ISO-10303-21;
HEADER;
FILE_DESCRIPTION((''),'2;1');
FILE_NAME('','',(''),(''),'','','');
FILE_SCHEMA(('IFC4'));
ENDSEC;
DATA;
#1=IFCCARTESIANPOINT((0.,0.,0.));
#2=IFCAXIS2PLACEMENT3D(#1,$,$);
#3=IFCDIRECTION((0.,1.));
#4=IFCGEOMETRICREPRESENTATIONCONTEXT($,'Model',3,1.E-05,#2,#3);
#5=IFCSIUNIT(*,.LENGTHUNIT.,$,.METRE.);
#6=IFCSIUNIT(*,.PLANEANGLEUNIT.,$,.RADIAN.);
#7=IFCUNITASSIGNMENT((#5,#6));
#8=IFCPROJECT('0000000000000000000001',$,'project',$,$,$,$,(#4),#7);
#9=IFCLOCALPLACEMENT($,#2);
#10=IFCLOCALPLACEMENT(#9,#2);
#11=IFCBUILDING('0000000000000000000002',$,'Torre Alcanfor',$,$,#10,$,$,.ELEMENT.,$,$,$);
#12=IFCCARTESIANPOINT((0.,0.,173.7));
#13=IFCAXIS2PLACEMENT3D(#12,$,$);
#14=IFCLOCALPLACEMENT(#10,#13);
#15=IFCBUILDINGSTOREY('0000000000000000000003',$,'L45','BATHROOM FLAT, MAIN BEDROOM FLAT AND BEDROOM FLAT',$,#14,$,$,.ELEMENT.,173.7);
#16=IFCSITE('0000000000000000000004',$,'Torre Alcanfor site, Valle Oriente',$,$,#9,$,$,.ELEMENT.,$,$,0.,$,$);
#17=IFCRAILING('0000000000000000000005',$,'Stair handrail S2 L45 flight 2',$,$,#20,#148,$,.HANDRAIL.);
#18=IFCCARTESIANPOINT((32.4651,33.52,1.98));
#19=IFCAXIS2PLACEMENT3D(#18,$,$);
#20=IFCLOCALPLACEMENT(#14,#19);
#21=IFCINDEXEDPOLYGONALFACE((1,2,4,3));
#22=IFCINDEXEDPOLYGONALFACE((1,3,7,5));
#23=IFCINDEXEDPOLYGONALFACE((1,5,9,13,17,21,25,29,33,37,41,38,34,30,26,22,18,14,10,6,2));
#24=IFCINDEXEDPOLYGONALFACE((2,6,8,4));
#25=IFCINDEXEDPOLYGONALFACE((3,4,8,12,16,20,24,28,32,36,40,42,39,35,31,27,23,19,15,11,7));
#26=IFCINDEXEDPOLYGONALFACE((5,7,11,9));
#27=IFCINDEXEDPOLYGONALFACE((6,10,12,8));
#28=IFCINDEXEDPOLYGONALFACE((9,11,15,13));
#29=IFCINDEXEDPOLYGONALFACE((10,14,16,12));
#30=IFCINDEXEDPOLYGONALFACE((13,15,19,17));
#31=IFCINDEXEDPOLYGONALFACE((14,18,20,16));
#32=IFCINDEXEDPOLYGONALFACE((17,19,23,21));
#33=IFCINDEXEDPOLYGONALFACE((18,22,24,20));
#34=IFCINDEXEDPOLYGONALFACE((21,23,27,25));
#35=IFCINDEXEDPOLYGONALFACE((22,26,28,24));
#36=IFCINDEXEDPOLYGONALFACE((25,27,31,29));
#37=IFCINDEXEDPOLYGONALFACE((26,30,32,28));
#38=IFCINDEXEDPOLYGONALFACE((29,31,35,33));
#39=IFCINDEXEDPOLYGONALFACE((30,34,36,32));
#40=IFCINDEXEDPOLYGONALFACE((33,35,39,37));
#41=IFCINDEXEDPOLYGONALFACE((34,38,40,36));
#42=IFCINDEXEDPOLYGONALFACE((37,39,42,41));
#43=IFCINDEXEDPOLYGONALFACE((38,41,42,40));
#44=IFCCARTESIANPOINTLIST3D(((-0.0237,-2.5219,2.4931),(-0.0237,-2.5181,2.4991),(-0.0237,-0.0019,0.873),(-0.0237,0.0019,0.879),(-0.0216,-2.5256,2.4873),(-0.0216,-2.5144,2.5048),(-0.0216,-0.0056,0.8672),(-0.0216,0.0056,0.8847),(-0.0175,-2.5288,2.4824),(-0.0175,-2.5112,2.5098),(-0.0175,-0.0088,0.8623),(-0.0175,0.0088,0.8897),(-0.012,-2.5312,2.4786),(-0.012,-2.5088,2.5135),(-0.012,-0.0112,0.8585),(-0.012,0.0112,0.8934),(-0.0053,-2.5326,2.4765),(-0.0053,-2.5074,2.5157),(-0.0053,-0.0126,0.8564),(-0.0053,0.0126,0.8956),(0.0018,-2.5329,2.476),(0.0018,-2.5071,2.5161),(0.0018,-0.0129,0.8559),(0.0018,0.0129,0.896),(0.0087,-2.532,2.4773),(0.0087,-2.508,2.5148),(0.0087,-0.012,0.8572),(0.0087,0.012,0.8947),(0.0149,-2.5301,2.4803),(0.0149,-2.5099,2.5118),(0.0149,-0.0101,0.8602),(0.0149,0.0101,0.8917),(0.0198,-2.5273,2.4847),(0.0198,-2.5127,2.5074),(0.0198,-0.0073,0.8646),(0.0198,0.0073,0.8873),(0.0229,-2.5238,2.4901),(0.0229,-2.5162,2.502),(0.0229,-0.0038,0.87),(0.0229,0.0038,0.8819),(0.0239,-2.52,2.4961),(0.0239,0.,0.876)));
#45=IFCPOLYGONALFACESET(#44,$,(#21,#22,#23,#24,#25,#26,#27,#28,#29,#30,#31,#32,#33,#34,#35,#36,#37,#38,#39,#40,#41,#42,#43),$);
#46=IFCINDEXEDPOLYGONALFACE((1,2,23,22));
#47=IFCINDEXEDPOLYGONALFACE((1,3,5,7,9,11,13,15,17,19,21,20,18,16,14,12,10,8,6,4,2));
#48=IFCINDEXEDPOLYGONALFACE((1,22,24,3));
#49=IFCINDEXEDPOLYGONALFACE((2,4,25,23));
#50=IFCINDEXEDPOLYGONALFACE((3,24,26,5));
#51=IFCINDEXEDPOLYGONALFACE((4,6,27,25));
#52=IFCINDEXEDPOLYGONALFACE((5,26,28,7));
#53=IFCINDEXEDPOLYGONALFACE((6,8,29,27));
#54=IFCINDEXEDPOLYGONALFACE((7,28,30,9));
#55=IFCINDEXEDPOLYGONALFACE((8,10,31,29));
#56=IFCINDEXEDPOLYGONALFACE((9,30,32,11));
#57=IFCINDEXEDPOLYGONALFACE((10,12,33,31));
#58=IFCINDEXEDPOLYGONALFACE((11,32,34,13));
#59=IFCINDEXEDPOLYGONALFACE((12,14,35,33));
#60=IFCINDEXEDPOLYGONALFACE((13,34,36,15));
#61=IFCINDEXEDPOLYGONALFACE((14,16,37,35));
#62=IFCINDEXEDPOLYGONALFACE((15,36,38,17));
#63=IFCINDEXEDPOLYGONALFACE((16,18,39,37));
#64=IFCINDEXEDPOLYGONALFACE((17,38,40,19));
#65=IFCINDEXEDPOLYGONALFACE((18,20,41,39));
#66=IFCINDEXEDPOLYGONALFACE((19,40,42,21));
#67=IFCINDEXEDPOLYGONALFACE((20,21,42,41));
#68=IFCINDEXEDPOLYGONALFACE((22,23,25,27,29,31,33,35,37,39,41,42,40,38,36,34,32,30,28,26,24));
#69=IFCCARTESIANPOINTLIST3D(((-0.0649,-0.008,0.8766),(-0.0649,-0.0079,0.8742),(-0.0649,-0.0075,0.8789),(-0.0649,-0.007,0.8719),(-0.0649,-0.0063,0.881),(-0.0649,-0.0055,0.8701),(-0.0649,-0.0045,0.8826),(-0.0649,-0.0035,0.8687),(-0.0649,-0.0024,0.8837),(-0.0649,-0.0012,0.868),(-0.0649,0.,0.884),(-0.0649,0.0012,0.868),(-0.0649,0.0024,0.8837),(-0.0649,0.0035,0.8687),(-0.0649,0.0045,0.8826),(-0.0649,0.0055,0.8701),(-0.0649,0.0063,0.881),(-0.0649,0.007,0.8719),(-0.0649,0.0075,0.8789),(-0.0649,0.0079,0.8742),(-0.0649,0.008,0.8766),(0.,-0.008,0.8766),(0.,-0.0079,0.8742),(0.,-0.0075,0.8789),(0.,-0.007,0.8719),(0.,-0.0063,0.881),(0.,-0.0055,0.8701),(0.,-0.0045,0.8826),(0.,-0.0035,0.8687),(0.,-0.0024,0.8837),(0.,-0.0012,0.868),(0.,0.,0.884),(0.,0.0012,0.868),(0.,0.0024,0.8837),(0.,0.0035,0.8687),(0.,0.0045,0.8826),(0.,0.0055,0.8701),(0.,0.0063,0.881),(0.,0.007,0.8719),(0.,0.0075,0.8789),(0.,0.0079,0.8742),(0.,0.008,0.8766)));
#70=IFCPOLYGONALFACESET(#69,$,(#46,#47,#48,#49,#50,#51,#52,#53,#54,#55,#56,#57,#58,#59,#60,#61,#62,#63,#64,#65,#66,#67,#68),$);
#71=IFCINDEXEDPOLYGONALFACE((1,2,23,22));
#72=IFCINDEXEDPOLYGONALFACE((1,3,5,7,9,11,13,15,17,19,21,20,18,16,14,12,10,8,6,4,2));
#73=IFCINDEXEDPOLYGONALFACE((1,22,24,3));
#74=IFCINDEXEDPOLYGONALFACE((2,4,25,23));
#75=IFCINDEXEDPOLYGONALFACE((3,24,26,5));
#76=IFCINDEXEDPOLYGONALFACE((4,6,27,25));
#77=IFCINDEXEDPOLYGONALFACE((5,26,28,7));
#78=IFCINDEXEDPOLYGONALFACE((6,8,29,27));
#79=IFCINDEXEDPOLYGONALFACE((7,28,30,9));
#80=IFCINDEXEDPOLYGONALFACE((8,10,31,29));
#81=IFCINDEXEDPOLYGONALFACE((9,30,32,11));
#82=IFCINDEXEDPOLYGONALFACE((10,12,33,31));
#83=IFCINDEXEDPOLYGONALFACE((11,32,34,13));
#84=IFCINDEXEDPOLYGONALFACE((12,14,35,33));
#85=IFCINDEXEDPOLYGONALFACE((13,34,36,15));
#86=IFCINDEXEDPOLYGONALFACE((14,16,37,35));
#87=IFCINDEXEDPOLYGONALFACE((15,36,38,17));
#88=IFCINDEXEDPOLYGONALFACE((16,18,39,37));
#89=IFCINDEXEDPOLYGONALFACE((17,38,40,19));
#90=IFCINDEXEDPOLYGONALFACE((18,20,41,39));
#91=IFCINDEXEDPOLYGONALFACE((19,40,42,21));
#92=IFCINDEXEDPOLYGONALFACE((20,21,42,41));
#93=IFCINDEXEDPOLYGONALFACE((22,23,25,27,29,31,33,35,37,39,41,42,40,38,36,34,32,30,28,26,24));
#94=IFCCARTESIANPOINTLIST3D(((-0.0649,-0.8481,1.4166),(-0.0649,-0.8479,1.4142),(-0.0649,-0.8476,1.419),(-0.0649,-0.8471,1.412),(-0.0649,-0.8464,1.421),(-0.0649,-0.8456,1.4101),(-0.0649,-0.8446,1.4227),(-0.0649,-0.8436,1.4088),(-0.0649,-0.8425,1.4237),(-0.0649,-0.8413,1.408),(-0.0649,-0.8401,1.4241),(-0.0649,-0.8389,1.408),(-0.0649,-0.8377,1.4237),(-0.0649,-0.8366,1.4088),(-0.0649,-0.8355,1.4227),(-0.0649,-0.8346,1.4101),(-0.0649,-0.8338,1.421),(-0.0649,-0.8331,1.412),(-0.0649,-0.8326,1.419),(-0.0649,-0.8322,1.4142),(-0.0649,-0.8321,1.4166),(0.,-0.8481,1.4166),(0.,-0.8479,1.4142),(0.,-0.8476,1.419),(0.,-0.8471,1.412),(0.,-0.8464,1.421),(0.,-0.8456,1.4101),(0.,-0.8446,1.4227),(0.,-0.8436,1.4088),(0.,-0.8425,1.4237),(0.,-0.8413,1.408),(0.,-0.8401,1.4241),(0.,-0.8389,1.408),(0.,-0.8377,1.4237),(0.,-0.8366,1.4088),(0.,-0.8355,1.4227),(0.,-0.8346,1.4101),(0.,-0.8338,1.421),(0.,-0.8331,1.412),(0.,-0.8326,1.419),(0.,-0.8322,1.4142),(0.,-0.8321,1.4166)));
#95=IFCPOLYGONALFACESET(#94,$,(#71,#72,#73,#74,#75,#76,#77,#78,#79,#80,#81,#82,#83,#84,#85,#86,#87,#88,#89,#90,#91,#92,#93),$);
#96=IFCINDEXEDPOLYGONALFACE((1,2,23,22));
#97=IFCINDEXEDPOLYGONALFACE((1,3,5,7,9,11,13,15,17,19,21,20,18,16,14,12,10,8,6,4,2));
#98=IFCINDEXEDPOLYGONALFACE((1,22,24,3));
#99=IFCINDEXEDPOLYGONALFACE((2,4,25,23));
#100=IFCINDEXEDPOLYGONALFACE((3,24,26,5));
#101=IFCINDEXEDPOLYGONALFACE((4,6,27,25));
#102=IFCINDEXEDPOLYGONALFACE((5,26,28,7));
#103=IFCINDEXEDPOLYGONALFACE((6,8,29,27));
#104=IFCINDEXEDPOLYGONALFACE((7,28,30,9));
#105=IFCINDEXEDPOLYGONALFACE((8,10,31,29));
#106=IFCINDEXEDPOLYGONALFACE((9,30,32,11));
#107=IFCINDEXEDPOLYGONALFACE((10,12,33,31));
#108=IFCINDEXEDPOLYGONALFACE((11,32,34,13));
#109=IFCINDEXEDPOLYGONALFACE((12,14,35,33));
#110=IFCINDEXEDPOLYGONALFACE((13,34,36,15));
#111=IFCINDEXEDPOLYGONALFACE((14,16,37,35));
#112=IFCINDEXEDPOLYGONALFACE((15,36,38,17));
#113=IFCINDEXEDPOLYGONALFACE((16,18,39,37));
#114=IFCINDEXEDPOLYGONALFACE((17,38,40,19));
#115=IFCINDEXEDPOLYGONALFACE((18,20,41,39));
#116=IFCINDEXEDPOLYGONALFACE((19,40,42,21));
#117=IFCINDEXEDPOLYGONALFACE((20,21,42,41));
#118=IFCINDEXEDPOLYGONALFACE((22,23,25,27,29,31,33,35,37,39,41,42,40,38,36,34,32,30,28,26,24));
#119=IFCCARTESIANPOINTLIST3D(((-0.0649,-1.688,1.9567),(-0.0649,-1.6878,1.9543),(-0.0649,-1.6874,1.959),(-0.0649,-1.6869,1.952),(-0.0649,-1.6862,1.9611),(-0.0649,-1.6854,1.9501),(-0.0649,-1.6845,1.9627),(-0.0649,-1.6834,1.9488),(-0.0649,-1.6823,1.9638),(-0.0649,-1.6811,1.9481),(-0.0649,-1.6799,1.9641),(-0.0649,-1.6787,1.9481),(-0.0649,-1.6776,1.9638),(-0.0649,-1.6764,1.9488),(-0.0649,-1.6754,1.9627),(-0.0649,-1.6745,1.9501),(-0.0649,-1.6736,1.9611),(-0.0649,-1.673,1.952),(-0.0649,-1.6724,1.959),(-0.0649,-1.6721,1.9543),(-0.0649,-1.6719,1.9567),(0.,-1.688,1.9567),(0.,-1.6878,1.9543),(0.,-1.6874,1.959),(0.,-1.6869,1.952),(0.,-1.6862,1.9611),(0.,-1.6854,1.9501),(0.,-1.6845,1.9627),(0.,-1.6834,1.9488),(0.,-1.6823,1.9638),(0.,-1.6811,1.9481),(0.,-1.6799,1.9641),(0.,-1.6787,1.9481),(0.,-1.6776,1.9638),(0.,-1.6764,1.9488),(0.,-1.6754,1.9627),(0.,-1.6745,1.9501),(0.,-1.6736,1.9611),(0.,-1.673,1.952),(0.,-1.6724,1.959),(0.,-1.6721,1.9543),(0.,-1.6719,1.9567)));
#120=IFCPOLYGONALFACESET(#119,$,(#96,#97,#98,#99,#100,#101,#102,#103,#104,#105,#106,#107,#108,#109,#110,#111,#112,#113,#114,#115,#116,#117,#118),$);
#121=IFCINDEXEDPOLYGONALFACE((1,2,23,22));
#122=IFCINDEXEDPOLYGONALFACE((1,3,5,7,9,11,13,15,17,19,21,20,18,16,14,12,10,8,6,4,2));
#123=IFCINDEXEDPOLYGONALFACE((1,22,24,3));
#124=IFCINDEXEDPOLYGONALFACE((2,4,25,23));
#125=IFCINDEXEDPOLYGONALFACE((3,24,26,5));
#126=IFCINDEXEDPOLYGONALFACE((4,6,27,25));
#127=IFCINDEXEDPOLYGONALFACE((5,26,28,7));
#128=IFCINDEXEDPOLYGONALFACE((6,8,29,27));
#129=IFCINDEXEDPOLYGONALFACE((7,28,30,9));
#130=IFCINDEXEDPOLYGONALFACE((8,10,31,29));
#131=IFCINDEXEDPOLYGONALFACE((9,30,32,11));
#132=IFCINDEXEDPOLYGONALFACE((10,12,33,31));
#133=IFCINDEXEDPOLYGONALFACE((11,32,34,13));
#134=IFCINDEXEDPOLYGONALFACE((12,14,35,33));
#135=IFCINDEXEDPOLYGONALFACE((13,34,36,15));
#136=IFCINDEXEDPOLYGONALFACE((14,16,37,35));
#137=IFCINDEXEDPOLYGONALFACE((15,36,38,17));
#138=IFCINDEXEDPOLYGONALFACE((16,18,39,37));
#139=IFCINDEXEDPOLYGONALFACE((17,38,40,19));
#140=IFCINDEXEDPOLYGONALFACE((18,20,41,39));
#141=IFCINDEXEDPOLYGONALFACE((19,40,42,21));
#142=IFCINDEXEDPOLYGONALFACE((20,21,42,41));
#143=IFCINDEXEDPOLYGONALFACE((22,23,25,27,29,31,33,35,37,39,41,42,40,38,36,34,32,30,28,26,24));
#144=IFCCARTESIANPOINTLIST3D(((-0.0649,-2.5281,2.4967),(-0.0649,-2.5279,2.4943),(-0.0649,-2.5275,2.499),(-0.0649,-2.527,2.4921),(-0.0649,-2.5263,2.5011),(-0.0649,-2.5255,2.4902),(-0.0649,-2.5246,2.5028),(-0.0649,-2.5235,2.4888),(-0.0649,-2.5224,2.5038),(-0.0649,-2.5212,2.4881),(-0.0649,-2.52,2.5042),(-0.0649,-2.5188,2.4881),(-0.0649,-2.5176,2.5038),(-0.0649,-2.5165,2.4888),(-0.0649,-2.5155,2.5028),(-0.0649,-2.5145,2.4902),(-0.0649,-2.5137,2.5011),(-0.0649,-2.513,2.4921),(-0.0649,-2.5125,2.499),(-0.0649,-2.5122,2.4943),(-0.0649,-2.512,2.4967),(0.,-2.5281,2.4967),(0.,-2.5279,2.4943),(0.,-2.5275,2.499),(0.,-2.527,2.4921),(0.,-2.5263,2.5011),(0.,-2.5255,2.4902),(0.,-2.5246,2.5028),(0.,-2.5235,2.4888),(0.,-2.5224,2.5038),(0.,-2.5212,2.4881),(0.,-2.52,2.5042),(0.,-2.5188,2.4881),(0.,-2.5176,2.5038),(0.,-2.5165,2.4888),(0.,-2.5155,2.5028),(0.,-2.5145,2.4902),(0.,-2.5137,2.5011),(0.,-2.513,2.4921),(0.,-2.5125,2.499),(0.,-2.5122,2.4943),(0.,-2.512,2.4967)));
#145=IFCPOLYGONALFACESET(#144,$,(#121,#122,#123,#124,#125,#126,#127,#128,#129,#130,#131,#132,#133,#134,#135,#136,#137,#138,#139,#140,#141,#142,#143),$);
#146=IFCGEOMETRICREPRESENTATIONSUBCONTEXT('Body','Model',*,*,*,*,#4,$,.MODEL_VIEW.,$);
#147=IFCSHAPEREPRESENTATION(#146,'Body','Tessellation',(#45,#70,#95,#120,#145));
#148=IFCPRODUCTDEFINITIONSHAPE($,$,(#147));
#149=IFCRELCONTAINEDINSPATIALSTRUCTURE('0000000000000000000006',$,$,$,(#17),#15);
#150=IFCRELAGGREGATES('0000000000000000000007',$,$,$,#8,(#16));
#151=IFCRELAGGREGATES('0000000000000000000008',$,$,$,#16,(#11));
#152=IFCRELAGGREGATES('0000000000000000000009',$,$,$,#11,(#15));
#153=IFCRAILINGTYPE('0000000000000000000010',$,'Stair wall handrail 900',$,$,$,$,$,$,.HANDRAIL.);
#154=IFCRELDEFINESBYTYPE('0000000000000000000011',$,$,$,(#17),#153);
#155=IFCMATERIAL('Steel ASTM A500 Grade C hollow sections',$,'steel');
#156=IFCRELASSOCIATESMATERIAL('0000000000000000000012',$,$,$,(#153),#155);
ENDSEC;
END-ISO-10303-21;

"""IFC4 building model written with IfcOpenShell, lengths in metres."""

from ifc_helpers import new_model, si_unit, direction, frame, origin, origin_2d, place, context, subcontext, project, spatial, circle, extrude, material, type_object, element, save


model = new_model("IFC4")

# Units and contexts
model_context = context("Model", 3, precision=1e-05, world=origin(), true_north=direction((0.0, 1.0)))
body_context = subcontext(model_context, "Body", "Model", "MODEL_VIEW")
ifc_project = project(units=[si_unit("LENGTHUNIT", "METRE"), si_unit("PLANEANGLEUNIT", "RADIAN")], contexts=[model_context])

# Site, building, storey
site_placement = place(None, origin())
site = spatial("IfcSite", under=ifc_project, at=site_placement, Name="Torre Alcanfor site, Valle Oriente", CompositionType="ELEMENT", RefElevation=0.0)
building_placement = place(site_placement, origin())
building = spatial("IfcBuilding", under=site, at=building_placement, Name="Torre Alcanfor", CompositionType="ELEMENT")
storey_placement = place(building_placement, frame((0.0, 0.0, 173.7)))
storey = spatial("IfcBuildingStorey", under=building, at=storey_placement, Name="L45", Description="BATHROOM FLAT, MAIN BEDROOM FLAT AND BEDROOM FLAT", CompositionType="ELEMENT", Elevation=173.7)

# Railing
ifc_material_1 = material(Name="Steel ASTM A500 Grade C hollow sections", Category="steel")
railing_type_1 = type_object("IfcRailingType", Name="Stair wall handrail 900", PredefinedType="HANDRAIL", material=ifc_material_1)
railing_1_placement = place(storey_placement, frame((32.4651, 33.52, 1.98)))
element("IfcRailing", 1, at=railing_1_placement, inside=storey, type_object=railing_type_1, Name="Stair handrail S2 L45 flight 2", PredefinedType="HANDRAIL", context=body_context, shape_type="SweptSolid", body=[
    extrude(circle(Radius=0.0239, at=origin_2d()), frame((0.0, 0.0, 0.876), z_axis=(0.0, -0.841163, 0.540782), x_axis=(1.0, 0.0, 0.0)), (0.0, 0.0, 1.0), 2.9958),
    extrude(circle(Radius=0.0081, at=origin_2d()), frame((0.0, 0.0, 0.876), z_axis=(-1.0, 0.0, 0.0), x_axis=(0.0, 0.0, 1.0)), (0.0, 0.0, 1.0), 0.0649),
    extrude(circle(Radius=0.0081, at=origin_2d()), frame((0.0, -0.8401, 1.416), z_axis=(-1.0, 0.0, 0.0), x_axis=(0.0, 0.0, 1.0)), (0.0, 0.0, 1.0), 0.0649),
    extrude(circle(Radius=0.0081, at=origin_2d()), frame((0.0, -1.6799, 1.9561), z_axis=(-1.0, 0.0, 0.0), x_axis=(0.0, 0.0, 1.0)), (0.0, 0.0, 1.0), 0.0649),
    extrude(circle(Radius=0.0081, at=origin_2d()), frame((0.0, -2.52, 2.4961), z_axis=(-1.0, 0.0, 0.0), x_axis=(0.0, 0.0, 1.0)), (0.0, 0.0, 1.0), 0.0649),
])

save(model, "model.ifc")
